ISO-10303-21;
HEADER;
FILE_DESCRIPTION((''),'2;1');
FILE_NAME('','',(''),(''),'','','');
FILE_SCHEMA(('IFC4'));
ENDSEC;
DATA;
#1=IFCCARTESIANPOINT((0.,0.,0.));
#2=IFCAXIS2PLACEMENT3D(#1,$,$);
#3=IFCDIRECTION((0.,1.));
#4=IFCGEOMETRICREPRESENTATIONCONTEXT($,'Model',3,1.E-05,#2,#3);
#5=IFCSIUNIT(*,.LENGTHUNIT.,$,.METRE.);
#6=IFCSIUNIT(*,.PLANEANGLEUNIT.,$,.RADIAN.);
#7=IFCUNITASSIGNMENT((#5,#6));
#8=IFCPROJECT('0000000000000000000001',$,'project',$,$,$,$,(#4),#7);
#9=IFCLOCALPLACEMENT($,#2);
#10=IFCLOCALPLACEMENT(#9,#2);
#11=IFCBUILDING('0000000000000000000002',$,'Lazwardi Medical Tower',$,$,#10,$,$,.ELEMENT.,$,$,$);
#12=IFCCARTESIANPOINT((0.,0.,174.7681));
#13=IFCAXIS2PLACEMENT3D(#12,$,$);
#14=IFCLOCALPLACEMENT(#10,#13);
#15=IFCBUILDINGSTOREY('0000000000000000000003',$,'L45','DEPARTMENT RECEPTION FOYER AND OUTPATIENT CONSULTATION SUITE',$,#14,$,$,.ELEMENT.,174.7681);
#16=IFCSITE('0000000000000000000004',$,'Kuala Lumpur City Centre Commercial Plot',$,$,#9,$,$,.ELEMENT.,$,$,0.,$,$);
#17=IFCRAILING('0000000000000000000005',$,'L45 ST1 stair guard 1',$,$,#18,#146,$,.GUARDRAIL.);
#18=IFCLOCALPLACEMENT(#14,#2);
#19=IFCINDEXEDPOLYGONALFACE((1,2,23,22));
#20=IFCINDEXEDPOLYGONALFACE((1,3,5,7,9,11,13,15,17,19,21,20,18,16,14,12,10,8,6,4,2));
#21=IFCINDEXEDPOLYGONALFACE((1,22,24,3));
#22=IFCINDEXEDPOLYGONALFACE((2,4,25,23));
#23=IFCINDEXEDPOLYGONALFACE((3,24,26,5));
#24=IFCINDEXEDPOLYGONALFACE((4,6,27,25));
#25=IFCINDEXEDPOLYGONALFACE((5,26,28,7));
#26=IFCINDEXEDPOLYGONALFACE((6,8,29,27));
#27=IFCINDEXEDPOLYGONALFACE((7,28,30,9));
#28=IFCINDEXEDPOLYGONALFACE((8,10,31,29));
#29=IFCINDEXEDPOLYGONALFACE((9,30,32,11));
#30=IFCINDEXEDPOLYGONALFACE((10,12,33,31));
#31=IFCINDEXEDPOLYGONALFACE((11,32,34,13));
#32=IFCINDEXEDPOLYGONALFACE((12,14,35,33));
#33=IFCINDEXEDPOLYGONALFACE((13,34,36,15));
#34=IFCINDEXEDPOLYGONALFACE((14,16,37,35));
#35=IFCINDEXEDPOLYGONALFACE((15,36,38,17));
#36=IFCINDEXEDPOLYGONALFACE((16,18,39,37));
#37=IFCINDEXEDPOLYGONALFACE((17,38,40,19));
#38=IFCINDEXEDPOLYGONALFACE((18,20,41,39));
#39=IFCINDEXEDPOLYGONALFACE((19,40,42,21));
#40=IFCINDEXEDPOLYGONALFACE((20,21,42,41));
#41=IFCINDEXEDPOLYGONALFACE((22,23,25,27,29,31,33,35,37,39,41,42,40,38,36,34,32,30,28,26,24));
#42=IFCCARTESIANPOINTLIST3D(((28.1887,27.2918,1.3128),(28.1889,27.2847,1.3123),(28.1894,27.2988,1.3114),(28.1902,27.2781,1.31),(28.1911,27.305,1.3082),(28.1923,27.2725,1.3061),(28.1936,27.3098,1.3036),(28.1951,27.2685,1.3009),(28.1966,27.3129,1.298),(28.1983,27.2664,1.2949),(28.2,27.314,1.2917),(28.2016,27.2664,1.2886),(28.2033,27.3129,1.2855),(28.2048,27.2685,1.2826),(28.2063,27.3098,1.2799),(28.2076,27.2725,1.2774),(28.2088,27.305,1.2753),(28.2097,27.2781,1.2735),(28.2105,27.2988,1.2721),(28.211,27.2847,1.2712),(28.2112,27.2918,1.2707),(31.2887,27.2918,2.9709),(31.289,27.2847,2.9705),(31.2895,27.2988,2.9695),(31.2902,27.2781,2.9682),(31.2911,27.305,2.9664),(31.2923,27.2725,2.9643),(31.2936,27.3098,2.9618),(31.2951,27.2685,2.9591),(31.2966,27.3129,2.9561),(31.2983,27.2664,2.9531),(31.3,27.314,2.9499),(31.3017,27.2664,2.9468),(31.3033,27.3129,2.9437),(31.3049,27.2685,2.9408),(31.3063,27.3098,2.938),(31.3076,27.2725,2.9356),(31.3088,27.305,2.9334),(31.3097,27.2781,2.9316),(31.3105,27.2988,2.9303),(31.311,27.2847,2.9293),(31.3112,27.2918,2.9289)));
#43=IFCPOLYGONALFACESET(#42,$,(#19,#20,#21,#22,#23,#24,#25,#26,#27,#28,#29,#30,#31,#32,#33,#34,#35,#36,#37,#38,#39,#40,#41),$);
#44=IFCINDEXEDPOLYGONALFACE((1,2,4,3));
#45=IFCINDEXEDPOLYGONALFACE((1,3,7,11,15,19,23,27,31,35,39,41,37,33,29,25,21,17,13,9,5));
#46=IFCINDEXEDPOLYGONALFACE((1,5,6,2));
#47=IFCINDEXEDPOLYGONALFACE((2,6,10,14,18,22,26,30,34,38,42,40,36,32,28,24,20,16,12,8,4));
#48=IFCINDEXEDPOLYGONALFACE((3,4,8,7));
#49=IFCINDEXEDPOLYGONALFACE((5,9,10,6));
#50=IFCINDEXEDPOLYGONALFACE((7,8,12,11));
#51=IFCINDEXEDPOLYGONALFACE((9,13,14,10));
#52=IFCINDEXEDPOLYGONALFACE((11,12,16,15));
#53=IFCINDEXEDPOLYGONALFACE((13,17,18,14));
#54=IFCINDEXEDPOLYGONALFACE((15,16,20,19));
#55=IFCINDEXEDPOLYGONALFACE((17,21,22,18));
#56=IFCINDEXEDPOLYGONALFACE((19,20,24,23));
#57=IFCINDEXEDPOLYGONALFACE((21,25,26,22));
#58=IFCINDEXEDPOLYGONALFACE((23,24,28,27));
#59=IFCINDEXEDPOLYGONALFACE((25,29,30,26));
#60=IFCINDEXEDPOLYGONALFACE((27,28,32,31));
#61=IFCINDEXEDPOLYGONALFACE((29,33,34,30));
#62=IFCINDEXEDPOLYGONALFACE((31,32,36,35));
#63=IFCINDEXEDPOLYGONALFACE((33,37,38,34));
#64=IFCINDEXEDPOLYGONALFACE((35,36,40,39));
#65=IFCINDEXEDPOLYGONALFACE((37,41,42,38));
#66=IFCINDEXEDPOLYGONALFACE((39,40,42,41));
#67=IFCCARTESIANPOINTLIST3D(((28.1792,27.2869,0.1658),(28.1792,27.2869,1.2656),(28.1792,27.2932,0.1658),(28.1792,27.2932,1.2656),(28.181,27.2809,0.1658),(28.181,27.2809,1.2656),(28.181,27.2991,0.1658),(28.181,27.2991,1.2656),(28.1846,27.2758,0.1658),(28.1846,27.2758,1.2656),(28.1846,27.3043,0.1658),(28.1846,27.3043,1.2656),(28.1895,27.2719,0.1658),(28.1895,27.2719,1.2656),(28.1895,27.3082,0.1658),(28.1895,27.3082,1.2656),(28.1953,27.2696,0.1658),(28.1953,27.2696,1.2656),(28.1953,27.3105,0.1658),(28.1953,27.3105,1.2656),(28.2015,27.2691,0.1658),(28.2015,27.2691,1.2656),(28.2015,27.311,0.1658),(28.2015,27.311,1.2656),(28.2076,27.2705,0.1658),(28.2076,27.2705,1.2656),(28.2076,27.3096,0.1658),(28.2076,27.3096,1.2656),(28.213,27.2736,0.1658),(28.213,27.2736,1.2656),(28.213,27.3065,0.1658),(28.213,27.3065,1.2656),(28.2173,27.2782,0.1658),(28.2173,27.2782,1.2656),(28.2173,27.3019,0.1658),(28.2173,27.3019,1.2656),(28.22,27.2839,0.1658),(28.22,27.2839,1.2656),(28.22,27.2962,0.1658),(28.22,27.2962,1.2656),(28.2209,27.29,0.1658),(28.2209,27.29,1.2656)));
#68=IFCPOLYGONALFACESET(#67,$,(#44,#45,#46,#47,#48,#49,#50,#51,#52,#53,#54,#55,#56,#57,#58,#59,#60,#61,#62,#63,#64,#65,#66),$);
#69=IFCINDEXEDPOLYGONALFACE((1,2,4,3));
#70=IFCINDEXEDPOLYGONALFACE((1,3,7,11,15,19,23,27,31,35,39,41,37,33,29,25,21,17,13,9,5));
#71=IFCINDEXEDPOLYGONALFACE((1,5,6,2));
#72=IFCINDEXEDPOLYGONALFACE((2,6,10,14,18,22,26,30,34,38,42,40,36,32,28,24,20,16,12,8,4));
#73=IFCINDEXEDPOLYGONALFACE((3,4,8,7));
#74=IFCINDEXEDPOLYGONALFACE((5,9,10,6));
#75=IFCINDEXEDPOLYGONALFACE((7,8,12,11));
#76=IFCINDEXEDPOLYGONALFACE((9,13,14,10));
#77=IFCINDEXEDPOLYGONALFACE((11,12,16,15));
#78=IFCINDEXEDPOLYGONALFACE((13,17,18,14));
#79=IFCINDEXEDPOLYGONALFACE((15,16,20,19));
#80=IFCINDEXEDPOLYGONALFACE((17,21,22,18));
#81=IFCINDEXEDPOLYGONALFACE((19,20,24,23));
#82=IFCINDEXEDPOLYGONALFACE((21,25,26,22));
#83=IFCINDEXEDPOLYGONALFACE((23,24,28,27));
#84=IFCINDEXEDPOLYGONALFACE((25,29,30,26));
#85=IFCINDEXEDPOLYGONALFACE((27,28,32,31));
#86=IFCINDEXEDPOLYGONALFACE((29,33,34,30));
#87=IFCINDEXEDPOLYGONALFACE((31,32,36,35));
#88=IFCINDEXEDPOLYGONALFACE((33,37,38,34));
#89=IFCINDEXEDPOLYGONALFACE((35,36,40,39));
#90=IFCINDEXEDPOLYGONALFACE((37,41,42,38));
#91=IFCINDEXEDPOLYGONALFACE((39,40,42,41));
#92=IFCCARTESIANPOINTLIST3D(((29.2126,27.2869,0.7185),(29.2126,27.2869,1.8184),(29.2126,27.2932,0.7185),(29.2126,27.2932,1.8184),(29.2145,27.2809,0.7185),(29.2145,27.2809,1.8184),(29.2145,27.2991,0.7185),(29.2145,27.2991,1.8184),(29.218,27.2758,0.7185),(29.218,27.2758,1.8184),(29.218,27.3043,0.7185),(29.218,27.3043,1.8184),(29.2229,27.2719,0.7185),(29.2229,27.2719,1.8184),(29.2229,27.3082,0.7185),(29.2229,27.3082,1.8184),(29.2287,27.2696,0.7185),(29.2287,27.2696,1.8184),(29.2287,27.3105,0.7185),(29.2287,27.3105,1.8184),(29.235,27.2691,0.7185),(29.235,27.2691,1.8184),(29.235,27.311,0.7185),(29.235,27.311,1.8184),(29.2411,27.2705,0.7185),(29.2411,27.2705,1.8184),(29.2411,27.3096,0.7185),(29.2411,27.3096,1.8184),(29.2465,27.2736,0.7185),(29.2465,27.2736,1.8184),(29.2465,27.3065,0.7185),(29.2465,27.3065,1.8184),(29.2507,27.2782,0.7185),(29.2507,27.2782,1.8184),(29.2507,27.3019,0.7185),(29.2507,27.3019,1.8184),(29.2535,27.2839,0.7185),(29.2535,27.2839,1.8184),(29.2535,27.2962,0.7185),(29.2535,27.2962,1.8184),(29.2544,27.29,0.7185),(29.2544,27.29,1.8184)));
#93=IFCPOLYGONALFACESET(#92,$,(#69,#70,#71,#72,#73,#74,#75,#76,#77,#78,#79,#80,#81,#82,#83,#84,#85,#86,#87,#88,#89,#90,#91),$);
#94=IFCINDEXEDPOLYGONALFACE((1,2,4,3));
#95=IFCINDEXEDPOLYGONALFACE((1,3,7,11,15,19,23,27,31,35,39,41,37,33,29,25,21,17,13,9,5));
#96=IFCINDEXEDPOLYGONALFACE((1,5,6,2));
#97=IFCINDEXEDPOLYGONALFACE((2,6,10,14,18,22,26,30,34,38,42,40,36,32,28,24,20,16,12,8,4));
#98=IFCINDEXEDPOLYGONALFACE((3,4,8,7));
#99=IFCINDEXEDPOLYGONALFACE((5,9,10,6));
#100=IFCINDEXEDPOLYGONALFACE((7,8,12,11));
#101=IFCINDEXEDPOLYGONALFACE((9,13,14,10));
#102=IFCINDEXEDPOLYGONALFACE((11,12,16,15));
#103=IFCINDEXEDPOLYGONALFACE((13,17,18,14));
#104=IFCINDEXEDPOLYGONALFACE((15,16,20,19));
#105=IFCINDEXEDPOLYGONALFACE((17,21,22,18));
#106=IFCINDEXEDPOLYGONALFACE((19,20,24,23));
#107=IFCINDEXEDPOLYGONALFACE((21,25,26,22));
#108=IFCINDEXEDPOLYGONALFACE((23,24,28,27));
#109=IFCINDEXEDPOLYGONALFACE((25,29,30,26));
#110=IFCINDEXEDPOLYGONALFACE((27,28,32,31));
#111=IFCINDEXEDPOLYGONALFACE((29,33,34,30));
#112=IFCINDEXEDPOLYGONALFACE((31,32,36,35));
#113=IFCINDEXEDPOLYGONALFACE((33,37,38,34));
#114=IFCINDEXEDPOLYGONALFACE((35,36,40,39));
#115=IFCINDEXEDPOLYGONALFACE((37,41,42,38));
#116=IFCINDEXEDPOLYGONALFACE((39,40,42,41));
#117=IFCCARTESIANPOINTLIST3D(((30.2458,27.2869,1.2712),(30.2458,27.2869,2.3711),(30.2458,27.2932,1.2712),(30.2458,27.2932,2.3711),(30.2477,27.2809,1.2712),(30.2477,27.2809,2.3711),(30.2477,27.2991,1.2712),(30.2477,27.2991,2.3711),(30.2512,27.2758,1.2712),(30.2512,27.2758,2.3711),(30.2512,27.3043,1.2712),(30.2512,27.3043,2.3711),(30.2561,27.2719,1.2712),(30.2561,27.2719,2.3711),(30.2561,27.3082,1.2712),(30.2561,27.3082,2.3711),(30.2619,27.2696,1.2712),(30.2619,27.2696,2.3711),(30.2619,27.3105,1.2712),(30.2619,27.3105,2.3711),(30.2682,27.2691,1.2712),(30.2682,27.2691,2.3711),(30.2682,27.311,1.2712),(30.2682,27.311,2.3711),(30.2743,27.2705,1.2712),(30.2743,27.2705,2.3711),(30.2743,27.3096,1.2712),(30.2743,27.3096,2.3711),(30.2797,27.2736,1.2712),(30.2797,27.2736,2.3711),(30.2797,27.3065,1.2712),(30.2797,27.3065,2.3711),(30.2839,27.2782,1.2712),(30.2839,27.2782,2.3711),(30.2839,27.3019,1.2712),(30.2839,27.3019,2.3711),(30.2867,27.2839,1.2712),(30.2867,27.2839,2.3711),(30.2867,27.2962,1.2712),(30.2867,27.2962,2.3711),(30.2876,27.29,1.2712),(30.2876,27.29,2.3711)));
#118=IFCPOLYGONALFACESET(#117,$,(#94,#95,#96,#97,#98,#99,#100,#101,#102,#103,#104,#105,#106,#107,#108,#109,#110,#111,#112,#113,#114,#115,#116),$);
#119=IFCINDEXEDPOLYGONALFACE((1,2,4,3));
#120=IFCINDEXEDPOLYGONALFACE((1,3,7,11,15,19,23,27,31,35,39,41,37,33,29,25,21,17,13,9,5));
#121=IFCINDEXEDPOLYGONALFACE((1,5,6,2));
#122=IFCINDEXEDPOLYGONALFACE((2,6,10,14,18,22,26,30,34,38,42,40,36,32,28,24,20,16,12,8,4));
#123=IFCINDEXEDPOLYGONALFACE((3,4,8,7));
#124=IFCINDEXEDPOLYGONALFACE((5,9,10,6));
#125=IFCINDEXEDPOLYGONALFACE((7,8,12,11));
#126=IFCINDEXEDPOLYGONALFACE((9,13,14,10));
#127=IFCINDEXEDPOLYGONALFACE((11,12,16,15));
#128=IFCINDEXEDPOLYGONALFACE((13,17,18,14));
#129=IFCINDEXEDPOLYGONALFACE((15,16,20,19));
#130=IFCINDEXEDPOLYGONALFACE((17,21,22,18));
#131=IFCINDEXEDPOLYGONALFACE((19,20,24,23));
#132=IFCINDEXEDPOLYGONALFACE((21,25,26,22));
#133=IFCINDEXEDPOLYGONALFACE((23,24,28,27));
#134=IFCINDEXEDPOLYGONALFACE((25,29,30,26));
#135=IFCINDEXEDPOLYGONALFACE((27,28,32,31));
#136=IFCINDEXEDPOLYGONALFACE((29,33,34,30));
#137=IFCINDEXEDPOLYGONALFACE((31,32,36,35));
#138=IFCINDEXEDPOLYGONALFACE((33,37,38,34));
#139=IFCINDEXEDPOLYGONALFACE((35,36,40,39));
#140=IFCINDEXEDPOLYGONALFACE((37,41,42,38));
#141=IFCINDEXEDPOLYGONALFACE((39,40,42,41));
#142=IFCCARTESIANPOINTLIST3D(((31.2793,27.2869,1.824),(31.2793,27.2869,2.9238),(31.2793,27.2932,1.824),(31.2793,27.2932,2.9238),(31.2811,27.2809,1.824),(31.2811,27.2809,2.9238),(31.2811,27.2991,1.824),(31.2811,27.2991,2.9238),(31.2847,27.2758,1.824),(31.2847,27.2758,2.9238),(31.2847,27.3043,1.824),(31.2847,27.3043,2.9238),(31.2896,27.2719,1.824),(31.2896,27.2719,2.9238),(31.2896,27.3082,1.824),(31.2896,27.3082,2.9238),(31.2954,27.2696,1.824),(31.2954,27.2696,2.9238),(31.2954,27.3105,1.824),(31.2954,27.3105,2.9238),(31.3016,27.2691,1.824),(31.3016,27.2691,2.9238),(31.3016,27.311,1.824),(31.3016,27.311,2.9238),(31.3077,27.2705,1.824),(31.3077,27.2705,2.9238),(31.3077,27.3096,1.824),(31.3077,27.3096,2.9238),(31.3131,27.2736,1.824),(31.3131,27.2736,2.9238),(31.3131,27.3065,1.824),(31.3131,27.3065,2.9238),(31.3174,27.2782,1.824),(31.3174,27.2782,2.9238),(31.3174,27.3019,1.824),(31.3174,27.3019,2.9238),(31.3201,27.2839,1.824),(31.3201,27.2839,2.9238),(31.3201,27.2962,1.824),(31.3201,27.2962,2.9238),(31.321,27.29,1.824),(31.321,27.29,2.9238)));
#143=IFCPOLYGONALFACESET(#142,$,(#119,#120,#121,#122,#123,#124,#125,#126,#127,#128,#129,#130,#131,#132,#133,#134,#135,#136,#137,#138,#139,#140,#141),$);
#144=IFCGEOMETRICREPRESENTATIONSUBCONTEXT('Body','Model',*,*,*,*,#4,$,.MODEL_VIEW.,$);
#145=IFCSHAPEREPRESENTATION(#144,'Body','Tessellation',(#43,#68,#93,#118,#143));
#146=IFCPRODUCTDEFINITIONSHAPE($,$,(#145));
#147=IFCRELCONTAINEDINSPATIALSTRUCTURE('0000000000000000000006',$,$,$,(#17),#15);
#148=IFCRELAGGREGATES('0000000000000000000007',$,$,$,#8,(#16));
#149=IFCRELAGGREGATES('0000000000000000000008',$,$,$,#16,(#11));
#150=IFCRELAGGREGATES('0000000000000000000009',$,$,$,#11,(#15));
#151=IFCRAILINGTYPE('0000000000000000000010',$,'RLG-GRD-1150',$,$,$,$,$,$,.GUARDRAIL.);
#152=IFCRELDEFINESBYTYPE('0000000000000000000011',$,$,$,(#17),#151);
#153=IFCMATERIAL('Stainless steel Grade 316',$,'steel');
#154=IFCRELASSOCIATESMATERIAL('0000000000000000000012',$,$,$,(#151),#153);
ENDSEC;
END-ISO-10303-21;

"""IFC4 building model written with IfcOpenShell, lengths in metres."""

from ifc_helpers import new_model, si_unit, direction, frame, origin, origin_2d, place, context, subcontext, project, spatial, circle, extrude, material, type_object, element, save


model = new_model("IFC4")

# Units and contexts
model_context = context("Model", 3, precision=1e-05, world=origin(), true_north=direction((0.0, 1.0)))
body_context = subcontext(model_context, "Body", "Model", "MODEL_VIEW")
ifc_project = project(units=[si_unit("LENGTHUNIT", "METRE"), si_unit("PLANEANGLEUNIT", "RADIAN")], contexts=[model_context])

# Site, building, storey
site_placement = place(None, origin())
site = spatial("IfcSite", under=ifc_project, at=site_placement, Name="Kuala Lumpur City Centre Commercial Plot", CompositionType="ELEMENT", RefElevation=0.0)
building_placement = place(site_placement, origin())
building = spatial("IfcBuilding", under=site, at=building_placement, Name="Lazwardi Medical Tower", CompositionType="ELEMENT")
storey_placement = place(building_placement, frame((0.0, 0.0, 174.7681)))
storey = spatial("IfcBuildingStorey", under=building, at=storey_placement, Name="L45", Description="DEPARTMENT RECEPTION FOYER AND OUTPATIENT CONSULTATION SUITE", CompositionType="ELEMENT", Elevation=174.7681)

# Railing
ifc_material_1 = material(Name="Stainless steel Grade 316", Category="steel")
railing_type_1 = type_object("IfcRailingType", Name="RLG-GRD-1150", PredefinedType="GUARDRAIL", material=ifc_material_1)
railing_1_placement = place(storey_placement, frame((28.2, 27.29, 0.1658)))
element("IfcRailing", 1, at=railing_1_placement, inside=storey, type_object=railing_type_1, Name="L45 ST1 stair guard 1", PredefinedType="GUARDRAIL", context=body_context, shape_type="SweptSolid", body=[
    extrude(circle(Radius=0.0239, at=origin_2d()), frame((0.0, 0.0, 1.126), z_axis=(0.881783, 0.0, 0.471655), x_axis=(0.0, 1.0, 0.0)), (0.0, 0.0, 1.0), 3.5156),
    extrude(circle(Radius=0.021, at=origin_2d()), origin(), (0.0, 0.0, 1.0), 1.0999),
    extrude(circle(Radius=0.021, at=origin_2d()), frame((1.0334, 0.0, 0.5527)), (0.0, 0.0, 1.0), 1.0999),
    extrude(circle(Radius=0.021, at=origin_2d()), frame((2.0667, 0.0, 1.1055)), (0.0, 0.0, 1.0), 1.0999),
    extrude(circle(Radius=0.021, at=origin_2d()), frame((3.1001, 0.0, 1.6582)), (0.0, 0.0, 1.0), 1.0999),
])

save(model, "model.ifc")
